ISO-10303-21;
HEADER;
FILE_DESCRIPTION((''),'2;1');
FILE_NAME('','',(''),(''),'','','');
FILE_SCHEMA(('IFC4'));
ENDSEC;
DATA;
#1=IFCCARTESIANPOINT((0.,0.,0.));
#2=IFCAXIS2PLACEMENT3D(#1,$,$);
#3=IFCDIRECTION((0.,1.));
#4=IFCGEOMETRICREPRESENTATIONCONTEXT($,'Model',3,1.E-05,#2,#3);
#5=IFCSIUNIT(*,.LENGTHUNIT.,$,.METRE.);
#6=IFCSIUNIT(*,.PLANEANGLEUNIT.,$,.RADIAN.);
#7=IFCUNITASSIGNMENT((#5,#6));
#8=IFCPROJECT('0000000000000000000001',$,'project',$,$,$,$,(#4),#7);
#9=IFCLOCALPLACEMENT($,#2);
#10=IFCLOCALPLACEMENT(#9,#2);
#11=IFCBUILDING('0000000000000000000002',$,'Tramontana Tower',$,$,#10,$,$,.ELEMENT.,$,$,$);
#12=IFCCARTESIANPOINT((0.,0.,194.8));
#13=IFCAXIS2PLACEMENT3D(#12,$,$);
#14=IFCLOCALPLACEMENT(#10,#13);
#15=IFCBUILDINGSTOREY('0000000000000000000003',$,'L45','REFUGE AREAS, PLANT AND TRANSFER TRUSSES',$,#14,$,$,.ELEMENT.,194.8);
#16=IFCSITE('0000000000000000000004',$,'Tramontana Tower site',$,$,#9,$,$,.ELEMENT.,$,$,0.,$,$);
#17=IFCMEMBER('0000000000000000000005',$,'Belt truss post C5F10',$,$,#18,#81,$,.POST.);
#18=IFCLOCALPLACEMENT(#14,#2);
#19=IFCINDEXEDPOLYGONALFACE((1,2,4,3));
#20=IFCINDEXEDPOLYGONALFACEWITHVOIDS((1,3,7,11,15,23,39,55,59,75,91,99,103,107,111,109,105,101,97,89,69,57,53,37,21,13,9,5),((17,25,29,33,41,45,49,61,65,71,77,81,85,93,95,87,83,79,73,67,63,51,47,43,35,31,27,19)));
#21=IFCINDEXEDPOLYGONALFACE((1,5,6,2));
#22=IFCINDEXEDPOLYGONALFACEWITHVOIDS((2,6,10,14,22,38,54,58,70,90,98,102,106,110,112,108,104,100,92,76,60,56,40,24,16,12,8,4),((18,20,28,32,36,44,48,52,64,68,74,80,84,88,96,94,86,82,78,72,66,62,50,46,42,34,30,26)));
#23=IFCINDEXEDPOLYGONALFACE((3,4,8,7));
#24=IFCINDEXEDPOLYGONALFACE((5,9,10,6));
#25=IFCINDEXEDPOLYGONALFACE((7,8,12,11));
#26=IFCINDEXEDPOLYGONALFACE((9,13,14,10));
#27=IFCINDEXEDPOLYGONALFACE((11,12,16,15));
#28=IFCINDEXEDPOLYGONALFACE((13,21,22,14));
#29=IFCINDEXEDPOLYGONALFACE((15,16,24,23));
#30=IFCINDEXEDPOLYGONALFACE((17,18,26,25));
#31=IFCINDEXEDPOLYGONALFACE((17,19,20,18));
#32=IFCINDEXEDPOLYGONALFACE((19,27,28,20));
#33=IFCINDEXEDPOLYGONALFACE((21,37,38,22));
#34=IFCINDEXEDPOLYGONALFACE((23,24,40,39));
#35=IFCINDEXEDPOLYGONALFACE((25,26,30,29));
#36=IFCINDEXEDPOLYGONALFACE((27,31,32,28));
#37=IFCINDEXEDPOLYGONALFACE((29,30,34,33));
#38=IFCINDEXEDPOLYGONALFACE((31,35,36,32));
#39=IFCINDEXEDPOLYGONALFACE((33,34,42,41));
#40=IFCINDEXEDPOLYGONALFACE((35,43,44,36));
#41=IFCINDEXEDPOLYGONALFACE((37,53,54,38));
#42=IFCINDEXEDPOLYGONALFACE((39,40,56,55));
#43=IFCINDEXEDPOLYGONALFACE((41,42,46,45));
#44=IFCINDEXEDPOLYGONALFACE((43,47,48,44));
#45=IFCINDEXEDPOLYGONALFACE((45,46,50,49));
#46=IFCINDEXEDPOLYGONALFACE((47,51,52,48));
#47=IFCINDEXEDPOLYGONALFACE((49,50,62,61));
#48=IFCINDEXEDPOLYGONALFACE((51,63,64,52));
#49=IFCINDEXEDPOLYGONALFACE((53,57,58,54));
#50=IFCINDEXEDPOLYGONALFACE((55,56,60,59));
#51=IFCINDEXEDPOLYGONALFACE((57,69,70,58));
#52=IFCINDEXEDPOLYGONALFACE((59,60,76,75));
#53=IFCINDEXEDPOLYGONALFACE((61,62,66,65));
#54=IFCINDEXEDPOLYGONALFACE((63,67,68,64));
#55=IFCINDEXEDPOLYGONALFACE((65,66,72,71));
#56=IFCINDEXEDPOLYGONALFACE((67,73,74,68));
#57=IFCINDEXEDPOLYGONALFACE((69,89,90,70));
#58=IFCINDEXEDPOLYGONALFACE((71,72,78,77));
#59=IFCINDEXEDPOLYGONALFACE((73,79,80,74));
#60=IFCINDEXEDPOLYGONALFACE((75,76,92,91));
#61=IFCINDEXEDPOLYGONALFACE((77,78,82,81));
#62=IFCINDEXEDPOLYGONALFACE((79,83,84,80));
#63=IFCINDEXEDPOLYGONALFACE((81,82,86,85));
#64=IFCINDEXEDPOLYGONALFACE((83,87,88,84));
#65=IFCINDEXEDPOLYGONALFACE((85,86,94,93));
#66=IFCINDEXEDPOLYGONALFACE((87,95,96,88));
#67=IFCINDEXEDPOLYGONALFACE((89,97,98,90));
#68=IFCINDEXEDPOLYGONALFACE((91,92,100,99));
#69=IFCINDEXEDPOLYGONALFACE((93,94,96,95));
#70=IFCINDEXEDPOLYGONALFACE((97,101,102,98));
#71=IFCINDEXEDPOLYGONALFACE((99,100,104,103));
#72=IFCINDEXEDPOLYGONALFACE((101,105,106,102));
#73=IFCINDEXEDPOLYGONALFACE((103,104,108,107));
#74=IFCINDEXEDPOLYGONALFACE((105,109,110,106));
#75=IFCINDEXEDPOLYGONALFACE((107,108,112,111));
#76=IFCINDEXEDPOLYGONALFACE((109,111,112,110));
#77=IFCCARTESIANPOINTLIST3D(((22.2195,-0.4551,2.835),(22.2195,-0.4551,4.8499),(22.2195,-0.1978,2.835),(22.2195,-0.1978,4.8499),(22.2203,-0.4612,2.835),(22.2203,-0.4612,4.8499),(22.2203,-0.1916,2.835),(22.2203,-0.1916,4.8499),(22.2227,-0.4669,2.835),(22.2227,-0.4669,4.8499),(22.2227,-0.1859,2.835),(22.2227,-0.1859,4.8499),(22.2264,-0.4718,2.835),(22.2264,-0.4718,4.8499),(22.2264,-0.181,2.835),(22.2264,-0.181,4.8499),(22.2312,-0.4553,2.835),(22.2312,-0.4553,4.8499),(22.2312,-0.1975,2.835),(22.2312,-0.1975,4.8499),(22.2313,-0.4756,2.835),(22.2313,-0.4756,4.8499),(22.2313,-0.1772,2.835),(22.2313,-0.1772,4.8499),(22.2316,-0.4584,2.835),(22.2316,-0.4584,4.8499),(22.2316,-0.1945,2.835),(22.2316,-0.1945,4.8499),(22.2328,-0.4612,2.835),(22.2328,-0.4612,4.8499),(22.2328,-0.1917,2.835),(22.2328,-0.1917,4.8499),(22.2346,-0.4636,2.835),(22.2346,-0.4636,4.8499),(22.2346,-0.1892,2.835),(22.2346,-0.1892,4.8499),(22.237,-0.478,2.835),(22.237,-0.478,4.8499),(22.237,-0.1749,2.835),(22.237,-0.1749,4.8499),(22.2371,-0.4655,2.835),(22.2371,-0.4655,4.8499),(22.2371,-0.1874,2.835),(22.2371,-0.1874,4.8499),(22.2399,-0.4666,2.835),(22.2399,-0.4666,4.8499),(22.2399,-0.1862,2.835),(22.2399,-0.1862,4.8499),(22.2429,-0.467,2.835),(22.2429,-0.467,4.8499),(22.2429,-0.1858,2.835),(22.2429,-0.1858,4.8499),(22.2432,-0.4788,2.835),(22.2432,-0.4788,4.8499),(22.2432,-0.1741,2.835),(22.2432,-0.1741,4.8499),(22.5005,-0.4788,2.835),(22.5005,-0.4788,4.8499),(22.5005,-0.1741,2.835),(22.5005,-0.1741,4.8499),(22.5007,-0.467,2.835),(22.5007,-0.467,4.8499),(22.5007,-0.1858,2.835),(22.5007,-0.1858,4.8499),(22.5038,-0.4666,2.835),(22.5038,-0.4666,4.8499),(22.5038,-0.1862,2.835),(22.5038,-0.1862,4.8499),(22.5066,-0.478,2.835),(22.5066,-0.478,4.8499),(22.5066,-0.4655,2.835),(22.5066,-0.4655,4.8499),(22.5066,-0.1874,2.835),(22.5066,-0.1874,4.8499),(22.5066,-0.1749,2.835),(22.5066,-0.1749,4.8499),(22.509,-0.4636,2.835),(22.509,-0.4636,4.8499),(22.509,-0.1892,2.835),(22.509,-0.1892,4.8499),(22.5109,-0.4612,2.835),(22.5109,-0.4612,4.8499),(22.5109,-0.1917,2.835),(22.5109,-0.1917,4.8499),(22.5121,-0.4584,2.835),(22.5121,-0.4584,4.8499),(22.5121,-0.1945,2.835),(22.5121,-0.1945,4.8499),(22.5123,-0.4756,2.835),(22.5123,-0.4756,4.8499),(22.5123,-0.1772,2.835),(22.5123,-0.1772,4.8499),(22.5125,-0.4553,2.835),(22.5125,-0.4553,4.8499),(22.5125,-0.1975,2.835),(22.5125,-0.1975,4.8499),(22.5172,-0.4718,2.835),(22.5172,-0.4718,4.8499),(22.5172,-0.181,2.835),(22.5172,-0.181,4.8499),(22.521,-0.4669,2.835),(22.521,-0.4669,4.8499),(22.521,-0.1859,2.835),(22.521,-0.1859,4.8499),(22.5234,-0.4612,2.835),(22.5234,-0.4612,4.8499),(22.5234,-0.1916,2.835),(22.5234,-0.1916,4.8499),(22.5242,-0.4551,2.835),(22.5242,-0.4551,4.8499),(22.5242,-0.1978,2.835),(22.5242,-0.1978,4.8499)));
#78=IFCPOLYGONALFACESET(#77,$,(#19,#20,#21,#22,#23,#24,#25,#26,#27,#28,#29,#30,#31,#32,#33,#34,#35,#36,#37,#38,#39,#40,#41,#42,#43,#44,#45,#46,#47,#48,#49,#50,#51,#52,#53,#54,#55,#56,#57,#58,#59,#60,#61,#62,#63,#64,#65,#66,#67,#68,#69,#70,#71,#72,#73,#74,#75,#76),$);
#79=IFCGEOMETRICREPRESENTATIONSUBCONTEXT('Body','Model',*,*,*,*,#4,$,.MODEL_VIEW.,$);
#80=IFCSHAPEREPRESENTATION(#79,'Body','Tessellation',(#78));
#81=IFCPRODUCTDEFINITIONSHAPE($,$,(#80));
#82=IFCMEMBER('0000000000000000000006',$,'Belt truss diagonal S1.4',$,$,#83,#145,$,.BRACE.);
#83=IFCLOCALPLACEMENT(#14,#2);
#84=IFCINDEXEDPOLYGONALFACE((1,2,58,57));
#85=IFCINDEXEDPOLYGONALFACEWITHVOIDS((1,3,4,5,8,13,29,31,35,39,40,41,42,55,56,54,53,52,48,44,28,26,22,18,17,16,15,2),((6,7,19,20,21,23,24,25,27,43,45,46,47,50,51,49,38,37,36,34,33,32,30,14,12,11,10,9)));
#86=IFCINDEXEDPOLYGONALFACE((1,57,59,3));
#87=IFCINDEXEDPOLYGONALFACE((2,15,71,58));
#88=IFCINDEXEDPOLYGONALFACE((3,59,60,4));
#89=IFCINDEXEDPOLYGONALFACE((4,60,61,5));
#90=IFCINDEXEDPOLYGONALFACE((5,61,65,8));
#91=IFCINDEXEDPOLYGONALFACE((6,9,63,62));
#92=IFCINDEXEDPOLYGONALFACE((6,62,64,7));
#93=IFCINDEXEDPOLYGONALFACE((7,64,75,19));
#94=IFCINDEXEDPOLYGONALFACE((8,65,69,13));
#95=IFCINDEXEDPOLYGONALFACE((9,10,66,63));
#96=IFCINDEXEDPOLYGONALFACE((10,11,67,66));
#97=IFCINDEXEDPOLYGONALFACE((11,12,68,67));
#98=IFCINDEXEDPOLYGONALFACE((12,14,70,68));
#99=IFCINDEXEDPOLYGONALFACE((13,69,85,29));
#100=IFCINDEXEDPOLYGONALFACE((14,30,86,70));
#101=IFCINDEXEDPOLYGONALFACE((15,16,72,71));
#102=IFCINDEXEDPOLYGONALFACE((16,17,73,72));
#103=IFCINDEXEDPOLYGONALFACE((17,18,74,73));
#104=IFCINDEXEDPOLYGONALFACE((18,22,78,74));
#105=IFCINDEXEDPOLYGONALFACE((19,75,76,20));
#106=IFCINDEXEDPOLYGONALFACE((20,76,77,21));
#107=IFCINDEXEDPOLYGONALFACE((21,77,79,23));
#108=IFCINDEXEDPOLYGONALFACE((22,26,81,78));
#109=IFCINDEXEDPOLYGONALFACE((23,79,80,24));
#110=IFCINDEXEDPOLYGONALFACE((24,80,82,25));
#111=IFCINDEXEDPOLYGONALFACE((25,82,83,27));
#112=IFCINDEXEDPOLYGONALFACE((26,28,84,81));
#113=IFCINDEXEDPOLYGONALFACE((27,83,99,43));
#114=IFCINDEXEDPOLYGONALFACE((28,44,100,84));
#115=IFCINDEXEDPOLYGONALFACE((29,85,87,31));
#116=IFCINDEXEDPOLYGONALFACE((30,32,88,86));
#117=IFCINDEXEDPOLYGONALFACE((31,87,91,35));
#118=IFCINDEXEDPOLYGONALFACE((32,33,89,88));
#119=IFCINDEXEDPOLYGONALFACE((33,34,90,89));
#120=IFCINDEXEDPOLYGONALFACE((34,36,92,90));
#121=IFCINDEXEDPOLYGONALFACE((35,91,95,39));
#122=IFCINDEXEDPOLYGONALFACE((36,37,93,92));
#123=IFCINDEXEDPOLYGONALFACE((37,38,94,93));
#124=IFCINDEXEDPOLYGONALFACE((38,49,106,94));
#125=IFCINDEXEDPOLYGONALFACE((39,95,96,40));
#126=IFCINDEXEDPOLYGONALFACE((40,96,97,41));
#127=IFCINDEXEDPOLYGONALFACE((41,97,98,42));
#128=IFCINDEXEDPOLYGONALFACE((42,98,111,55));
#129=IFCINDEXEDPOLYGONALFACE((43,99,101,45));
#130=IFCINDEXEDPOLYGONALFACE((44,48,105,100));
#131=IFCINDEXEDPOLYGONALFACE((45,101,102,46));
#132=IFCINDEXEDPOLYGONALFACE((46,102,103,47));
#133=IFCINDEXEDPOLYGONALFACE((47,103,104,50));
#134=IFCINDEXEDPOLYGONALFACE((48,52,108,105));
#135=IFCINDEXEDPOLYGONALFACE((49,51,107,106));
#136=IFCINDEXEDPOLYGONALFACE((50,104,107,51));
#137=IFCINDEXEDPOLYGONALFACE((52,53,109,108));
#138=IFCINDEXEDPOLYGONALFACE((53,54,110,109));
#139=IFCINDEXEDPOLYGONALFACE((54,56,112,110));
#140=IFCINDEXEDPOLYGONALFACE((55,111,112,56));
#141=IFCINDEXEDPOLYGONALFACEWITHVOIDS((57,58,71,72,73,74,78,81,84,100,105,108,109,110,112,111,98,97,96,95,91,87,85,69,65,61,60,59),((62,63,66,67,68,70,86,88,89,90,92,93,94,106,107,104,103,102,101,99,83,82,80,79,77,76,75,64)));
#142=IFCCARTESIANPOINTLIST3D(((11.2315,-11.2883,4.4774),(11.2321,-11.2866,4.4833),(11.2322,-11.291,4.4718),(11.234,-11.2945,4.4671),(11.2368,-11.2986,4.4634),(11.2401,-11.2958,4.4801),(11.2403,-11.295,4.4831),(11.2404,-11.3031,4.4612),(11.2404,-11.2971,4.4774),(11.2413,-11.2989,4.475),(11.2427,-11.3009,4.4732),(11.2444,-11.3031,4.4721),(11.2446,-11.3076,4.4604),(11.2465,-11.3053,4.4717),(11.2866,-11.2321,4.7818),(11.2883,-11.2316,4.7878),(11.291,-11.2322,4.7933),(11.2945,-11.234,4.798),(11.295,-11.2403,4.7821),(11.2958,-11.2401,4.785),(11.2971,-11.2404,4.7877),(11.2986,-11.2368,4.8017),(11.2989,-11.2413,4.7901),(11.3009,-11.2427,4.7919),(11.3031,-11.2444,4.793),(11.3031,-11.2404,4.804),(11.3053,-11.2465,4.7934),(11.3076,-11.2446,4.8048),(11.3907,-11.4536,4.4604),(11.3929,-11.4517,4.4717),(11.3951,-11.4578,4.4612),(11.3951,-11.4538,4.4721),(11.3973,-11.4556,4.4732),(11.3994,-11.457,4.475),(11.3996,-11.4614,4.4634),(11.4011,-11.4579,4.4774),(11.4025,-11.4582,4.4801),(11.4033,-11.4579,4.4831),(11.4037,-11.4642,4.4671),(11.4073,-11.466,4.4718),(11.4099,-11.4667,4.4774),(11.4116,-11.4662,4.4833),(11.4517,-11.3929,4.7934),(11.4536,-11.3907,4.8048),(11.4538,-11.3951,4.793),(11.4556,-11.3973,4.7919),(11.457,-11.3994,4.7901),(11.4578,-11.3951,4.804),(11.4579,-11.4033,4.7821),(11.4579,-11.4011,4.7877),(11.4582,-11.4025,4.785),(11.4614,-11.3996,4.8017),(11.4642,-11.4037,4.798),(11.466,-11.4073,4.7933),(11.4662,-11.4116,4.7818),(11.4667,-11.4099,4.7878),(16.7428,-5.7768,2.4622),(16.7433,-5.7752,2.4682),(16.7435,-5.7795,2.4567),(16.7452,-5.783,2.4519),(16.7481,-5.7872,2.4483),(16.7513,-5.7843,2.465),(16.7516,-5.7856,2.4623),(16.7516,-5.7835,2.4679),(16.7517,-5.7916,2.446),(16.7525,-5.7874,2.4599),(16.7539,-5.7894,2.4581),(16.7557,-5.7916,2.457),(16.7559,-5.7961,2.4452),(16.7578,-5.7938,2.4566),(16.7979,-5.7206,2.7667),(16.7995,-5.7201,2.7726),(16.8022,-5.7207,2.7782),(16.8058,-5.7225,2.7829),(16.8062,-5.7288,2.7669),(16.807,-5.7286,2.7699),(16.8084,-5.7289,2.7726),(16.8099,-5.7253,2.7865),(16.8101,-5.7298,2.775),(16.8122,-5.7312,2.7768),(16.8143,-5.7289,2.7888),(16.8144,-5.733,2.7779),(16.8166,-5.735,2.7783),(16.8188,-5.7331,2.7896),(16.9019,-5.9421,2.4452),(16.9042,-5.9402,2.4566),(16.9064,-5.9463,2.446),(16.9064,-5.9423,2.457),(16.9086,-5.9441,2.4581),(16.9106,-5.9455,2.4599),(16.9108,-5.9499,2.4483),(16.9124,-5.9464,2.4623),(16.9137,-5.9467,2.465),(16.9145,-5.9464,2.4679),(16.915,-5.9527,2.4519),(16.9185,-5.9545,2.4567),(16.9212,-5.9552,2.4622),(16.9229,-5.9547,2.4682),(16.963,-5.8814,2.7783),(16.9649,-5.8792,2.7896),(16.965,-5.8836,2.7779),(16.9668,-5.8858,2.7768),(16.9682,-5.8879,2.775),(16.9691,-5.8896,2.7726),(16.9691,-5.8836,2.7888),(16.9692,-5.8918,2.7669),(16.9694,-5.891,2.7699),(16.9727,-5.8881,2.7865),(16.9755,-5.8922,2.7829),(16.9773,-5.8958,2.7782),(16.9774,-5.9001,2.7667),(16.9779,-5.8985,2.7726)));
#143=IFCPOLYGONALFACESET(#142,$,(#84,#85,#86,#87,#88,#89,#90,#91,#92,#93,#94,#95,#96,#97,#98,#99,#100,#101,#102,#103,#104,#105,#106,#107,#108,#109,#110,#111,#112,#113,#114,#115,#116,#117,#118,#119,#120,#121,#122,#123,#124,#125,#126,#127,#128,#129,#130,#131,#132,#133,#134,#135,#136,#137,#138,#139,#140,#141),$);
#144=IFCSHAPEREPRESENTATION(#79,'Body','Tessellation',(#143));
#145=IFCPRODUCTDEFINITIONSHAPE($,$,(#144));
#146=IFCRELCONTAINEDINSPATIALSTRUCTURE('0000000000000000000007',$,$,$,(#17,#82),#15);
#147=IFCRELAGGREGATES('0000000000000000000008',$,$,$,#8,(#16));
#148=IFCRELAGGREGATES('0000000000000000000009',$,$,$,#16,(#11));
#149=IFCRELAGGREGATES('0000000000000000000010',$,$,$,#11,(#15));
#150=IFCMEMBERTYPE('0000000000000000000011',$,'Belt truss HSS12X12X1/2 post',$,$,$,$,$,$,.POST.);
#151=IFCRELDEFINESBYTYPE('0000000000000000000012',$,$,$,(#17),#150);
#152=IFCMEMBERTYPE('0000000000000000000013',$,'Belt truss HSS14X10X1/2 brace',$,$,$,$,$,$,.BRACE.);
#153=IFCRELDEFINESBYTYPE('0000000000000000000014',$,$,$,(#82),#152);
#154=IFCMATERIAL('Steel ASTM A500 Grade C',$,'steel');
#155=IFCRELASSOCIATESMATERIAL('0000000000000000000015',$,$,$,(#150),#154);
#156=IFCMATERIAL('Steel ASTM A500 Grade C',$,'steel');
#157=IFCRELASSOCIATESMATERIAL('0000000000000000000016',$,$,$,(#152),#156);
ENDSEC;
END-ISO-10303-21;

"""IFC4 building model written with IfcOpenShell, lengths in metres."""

from ifc_helpers import new_model, si_unit, direction, frame, origin, origin_2d, place, context, subcontext, project, spatial, hollow_rectangle, extrude, material, material_profile, profile_set, type_object, element, save


model = new_model("IFC4")

# Units and contexts
model_context = context("Model", 3, precision=1e-05, world=origin(), true_north=direction((0.0, 1.0)))
body_context = subcontext(model_context, "Body", "Model", "MODEL_VIEW")
ifc_project = project(units=[si_unit("LENGTHUNIT", "METRE"), si_unit("PLANEANGLEUNIT", "RADIAN")], contexts=[model_context])

# Site, building, storey
site_placement = place(None, origin())
site = spatial("IfcSite", under=ifc_project, at=site_placement, Name="Tramontana Tower site", CompositionType="ELEMENT", RefElevation=0.0)
building_placement = place(site_placement, origin())
building = spatial("IfcBuilding", under=site, at=building_placement, Name="Tramontana Tower", CompositionType="ELEMENT")
storey_placement = place(building_placement, frame((0.0, 0.0, 194.8)))
storey = spatial("IfcBuildingStorey", under=building, at=storey_placement, Name="L45", Description="REFUGE AREAS, PLANT AND TRANSFER TRUSSES", CompositionType="ELEMENT", Elevation=194.8)

# Members
ifc_material_1 = material(Name="Steel ASTM A500 Grade C", Category="steel")
ifc_material_profile_1 = material_profile(ifc_material_1, hollow_rectangle(XDim=0.3047, YDim=0.3047, WallThickness=0.0117, InnerFilletRadius=0.0117, OuterFilletRadius=0.0237, at=origin_2d()), Name="HSS12X12X1/2")
ifc_profile_set_1 = profile_set([ifc_material_profile_1], Name="Steel ASTM A500 Grade C")
member_type_1 = type_object("IfcMemberType", Name="Belt truss HSS12X12X1/2 post", PredefinedType="POST", material=ifc_profile_set_1)
for number, where, z_axis, x_axis, name in (
    (1, (22.3718, -0.3264, 2.835), (0.0, 0.0, 1.0), (1.0, 0.0, 0.0), "Belt truss post C5F10"),
):
    element("IfcMember", number, at=place(storey_placement, frame(where, z_axis=z_axis, x_axis=x_axis)), inside=storey, type_object=member_type_1, Name=name, PredefinedType="POST", context=body_context, shape_type="SweptSolid", body=[
        extrude(hollow_rectangle(XDim=0.3047, YDim=0.3047, WallThickness=0.0117, InnerFilletRadius=0.0117, OuterFilletRadius=0.0237, at=origin_2d()), origin(), (0.0, 0.0, 1.0), 2.0149),
    ])
ifc_material_2 = material(Name="Steel ASTM A500 Grade C", Category="steel")
ifc_material_profile_2 = material_profile(ifc_material_2, hollow_rectangle(XDim=0.2539, YDim=0.3557, WallThickness=0.0117, InnerFilletRadius=0.0117, OuterFilletRadius=0.0237, at=origin_2d()), Name="HSS14X10X1/2")
ifc_profile_set_2 = profile_set([ifc_material_profile_2], Name="Steel ASTM A500 Grade C")
member_type_2 = type_object("IfcMemberType", Name="Belt truss HSS14X10X1/2 brace", PredefinedType="BRACE", material=ifc_profile_set_2)
for number, where, z_axis, x_axis, name in (
    (2, (11.3491, -11.3491, 4.6326), (0.684581, 0.684611, -0.250312), (-0.707122, 0.707091, 0.0), "Belt truss diagonal S1.4"),
):
    element("IfcMember", number, at=place(storey_placement, frame(where, z_axis=z_axis, x_axis=x_axis)), inside=storey, type_object=member_type_2, Name=name, PredefinedType="BRACE", context=body_context, shape_type="SweptSolid", body=[
        extrude(hollow_rectangle(XDim=0.2539, YDim=0.3557, WallThickness=0.0117, InnerFilletRadius=0.0117, OuterFilletRadius=0.0237, at=origin_2d()), origin(), (0.0, 0.0, 1.0), 8.0505),
    ])

save(model, "model.ifc")
